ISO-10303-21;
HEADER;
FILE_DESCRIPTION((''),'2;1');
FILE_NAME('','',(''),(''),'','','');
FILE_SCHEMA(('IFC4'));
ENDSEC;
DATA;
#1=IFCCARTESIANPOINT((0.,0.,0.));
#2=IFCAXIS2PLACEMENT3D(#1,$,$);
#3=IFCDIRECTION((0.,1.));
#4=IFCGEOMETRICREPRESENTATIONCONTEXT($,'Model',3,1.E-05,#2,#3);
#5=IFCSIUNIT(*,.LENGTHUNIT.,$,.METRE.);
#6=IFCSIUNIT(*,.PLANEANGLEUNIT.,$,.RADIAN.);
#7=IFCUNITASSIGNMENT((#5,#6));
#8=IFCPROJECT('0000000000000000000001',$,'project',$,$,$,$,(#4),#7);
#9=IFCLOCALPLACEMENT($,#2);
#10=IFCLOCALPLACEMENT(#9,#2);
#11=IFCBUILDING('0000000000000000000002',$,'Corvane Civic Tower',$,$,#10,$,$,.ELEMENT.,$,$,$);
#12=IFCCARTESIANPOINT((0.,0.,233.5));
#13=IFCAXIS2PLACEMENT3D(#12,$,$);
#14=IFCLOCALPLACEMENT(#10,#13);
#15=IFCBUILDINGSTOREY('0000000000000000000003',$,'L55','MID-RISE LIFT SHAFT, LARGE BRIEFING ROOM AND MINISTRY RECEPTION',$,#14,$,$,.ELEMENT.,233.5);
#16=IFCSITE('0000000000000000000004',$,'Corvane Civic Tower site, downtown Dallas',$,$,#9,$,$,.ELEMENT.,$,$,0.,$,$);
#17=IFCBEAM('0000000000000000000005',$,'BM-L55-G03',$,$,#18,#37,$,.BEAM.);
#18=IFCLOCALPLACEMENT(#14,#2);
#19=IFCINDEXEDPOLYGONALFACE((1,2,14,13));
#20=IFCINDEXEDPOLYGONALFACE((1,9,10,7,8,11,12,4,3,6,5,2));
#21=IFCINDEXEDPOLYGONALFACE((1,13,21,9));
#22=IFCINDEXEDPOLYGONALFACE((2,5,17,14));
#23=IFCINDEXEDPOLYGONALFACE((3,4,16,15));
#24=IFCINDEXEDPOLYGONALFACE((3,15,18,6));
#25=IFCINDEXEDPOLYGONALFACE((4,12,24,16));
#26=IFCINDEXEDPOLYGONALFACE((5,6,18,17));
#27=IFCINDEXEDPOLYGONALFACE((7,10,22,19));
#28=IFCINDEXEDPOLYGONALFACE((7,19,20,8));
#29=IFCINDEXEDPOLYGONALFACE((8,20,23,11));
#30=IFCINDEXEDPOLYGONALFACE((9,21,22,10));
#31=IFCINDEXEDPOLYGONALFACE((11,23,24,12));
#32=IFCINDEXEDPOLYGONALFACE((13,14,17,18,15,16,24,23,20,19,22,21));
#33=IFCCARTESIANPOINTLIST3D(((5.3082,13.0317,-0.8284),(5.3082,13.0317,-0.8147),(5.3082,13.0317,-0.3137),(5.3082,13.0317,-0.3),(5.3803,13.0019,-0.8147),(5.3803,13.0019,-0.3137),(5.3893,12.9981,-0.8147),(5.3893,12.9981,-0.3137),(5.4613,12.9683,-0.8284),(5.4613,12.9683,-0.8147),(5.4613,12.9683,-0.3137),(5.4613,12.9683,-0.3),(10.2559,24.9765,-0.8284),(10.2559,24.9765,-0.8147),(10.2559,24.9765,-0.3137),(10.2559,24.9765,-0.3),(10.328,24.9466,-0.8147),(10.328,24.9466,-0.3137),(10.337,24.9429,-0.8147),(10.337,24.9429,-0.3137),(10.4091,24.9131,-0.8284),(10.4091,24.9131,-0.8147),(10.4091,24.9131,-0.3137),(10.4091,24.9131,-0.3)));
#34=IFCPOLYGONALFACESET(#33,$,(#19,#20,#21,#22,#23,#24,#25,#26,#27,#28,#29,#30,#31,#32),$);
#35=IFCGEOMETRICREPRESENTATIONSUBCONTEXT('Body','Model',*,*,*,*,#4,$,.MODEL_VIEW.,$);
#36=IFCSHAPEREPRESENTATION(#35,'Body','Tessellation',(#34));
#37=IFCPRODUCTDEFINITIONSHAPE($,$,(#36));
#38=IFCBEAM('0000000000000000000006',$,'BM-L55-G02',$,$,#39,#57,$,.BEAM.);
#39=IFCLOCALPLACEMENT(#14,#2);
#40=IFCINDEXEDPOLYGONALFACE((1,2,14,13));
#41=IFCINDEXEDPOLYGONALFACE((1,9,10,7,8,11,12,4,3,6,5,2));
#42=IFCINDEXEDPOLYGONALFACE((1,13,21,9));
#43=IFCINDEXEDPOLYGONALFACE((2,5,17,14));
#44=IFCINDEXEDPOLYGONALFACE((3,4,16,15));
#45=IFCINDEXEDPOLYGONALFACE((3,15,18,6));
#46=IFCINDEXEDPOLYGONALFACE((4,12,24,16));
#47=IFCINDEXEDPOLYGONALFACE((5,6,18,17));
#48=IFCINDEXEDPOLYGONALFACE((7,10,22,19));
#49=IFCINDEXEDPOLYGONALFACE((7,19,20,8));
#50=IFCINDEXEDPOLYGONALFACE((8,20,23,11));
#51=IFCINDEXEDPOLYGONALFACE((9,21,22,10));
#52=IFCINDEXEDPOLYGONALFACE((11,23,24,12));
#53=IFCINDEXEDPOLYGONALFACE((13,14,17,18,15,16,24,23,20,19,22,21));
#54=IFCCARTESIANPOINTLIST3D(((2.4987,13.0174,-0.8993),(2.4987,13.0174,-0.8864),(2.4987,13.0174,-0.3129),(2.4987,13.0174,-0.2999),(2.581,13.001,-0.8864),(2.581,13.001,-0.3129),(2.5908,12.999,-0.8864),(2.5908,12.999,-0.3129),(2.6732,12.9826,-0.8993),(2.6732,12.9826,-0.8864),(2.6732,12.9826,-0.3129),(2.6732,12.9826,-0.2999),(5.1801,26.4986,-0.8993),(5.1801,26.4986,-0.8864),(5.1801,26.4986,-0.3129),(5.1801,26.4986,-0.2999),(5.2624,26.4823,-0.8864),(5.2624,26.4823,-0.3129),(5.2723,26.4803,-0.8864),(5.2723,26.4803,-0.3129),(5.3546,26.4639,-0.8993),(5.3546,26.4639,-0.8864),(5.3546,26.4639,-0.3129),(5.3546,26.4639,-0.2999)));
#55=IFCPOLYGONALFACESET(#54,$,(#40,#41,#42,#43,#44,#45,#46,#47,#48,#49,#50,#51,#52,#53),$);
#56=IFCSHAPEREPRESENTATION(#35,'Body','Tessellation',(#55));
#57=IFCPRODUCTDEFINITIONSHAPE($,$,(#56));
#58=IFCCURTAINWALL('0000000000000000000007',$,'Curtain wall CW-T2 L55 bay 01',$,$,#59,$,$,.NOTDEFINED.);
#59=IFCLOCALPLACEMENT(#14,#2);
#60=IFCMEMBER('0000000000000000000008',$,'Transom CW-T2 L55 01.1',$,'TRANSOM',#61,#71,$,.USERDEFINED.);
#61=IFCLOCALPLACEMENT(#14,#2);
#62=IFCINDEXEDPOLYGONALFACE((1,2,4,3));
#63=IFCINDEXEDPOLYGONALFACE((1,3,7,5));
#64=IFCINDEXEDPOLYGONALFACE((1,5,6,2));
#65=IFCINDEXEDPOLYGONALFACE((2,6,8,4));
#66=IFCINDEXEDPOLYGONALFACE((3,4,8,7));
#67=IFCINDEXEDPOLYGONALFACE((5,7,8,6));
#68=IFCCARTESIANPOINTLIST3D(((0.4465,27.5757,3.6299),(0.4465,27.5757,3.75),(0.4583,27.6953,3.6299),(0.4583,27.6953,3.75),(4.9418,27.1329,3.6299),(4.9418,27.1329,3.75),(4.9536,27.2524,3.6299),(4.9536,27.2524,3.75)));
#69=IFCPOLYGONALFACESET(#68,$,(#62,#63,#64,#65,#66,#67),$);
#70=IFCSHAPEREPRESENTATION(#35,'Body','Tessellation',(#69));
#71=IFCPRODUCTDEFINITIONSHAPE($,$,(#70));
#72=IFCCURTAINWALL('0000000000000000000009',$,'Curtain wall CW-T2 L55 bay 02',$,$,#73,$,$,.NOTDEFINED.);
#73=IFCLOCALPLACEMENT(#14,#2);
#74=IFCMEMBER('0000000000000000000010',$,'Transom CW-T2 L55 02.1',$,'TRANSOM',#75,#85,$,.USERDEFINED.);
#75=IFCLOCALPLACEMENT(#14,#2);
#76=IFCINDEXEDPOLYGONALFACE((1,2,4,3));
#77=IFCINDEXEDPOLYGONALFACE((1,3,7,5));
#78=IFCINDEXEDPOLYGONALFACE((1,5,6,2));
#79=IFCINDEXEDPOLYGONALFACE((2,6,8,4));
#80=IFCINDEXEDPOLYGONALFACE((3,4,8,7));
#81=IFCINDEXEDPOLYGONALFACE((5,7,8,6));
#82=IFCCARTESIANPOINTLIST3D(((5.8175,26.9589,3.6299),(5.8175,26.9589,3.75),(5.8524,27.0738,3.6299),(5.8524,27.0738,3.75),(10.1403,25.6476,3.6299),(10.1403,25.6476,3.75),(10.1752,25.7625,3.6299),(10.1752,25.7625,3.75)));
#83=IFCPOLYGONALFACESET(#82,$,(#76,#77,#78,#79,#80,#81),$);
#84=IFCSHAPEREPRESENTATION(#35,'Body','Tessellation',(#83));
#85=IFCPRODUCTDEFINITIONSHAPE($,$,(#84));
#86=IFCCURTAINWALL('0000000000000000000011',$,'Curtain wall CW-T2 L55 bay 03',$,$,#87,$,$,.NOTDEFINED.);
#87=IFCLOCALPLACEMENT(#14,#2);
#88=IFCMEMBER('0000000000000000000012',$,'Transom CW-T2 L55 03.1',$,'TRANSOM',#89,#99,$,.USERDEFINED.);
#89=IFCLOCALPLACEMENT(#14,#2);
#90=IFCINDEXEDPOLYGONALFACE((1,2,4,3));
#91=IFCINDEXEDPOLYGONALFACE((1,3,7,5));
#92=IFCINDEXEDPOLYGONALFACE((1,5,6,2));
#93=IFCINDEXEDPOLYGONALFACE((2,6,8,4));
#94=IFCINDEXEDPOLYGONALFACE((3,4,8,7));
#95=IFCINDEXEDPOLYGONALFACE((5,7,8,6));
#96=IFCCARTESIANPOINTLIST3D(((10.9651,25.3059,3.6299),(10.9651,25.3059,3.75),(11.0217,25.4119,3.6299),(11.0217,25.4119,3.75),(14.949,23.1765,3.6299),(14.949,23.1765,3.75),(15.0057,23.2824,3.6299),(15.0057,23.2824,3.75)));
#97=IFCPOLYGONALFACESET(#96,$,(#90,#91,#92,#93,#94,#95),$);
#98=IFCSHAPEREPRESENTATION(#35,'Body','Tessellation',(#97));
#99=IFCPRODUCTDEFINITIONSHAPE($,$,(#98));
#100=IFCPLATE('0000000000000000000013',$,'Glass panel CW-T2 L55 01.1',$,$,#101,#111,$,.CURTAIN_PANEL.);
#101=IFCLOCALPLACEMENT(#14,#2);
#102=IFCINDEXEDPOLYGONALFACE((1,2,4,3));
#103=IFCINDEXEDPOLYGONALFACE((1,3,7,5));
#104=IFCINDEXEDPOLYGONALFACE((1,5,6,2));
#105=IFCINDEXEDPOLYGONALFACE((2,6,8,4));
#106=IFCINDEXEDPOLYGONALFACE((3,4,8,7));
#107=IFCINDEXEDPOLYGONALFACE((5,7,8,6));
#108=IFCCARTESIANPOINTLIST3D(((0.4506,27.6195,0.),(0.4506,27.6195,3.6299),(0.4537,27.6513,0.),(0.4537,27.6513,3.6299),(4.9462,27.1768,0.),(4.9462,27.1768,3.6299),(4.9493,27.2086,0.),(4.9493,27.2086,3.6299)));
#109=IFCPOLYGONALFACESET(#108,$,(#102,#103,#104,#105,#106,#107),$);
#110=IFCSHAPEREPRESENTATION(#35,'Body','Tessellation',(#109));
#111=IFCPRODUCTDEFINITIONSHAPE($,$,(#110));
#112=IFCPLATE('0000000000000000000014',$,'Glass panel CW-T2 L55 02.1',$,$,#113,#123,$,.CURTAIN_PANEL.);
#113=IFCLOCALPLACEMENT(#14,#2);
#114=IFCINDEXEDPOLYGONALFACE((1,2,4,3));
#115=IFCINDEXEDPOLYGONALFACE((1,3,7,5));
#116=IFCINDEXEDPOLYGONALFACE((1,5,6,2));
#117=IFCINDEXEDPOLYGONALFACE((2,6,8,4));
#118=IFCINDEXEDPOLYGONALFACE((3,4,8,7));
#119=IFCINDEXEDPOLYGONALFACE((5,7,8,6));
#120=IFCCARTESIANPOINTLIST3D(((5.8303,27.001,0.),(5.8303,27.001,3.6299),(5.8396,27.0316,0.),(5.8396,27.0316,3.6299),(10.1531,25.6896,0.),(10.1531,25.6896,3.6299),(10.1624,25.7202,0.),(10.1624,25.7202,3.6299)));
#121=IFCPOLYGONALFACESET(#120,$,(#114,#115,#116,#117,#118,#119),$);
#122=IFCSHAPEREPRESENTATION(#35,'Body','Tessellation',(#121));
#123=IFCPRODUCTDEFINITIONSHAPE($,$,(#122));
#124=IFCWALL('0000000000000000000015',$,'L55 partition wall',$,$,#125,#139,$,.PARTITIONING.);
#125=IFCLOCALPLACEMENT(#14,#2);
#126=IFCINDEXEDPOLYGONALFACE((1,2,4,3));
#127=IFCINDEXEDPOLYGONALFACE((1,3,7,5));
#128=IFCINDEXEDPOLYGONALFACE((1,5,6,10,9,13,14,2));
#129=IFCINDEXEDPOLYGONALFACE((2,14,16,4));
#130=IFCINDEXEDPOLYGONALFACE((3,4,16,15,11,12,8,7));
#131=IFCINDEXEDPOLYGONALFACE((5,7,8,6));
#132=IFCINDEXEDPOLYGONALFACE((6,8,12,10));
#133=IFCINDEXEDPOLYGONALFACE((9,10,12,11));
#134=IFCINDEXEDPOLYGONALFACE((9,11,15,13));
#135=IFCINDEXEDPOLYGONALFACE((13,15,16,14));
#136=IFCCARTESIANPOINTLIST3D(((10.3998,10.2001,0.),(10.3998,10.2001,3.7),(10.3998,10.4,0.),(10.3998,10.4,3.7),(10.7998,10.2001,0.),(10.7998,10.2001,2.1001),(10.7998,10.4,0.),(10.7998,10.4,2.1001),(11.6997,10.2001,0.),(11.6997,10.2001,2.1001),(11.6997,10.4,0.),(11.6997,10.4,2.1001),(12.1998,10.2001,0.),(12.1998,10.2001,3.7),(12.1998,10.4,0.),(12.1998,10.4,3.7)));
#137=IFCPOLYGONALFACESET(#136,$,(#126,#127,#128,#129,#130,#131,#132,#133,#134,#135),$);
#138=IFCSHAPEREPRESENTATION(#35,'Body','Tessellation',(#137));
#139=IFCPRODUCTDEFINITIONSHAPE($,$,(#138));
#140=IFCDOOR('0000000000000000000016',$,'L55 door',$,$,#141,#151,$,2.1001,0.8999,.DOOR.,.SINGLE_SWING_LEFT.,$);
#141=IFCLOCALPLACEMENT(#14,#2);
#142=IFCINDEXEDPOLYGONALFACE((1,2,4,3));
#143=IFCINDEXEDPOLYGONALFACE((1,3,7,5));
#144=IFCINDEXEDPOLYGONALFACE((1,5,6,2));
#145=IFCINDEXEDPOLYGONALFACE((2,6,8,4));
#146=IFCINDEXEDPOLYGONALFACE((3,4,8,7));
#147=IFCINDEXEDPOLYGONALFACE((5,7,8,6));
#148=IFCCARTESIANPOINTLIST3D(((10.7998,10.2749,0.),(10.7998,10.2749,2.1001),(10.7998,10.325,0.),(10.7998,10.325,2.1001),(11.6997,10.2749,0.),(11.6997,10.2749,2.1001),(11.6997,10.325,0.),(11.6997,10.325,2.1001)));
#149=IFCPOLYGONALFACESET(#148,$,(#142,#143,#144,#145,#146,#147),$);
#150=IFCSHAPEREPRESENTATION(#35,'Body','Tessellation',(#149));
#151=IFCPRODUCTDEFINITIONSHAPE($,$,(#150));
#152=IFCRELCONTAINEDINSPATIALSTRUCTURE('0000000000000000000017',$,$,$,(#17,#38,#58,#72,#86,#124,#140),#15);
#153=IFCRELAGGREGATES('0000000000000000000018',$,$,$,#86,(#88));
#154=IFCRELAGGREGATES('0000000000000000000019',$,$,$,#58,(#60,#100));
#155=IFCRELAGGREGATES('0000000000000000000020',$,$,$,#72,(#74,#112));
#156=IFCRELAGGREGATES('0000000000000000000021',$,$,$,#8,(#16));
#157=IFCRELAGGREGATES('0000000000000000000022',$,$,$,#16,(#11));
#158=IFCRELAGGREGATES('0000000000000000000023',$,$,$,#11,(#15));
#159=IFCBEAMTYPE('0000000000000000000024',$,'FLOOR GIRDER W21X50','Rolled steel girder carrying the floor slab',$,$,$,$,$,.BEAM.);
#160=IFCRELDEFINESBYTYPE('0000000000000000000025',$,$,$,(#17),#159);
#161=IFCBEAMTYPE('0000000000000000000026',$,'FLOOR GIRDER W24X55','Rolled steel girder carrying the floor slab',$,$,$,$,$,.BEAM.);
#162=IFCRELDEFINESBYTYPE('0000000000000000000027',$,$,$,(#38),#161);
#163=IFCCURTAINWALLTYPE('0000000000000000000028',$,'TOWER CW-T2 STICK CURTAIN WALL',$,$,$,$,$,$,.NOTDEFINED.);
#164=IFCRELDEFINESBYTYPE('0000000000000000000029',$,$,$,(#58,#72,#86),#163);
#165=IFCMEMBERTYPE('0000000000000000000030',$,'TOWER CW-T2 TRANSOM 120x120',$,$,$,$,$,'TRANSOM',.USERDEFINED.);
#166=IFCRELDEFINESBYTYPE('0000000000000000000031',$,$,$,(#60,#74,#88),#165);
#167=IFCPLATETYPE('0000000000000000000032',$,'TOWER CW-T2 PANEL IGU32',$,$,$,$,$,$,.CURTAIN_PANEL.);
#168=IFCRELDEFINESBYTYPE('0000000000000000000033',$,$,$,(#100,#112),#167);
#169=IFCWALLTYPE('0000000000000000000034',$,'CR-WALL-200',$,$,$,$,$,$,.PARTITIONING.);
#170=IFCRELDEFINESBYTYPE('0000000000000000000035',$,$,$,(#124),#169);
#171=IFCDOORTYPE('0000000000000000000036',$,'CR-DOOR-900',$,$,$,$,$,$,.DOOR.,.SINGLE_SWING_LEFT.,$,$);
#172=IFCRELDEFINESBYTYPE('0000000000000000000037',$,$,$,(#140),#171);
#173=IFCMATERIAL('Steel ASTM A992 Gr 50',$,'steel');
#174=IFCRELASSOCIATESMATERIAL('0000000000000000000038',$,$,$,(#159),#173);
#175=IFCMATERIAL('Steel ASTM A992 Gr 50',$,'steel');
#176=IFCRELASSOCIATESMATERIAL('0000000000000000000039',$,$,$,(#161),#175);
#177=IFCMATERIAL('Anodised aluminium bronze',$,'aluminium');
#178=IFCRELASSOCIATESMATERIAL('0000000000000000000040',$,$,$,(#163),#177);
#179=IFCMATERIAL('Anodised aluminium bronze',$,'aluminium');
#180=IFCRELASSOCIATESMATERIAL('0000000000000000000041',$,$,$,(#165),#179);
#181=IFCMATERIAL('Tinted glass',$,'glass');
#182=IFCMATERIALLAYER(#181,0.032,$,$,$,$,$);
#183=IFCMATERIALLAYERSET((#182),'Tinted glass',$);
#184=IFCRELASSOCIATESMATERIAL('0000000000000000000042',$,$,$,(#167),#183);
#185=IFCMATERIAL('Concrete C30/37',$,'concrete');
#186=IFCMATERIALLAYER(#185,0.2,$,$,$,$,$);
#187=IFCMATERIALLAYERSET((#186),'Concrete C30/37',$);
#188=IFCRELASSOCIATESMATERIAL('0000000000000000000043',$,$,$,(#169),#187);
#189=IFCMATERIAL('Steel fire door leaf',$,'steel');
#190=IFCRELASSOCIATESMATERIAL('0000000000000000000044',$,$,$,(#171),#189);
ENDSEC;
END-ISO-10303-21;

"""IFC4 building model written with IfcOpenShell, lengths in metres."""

from ifc_helpers import new_model, si_unit, direction, frame, frame_2d, origin, origin_2d, place, context, subcontext, project, spatial, rectangle, i_section, extrude, material, layer, layer_set, material_profile, profile_set, type_object, element, fill, aggregate, save


model = new_model("IFC4")

# Units and contexts
model_context = context("Model", 3, precision=1e-05, world=origin(), true_north=direction((0.0, 1.0)))
body_context = subcontext(model_context, "Body", "Model", "MODEL_VIEW")
ifc_project = project(units=[si_unit("LENGTHUNIT", "METRE"), si_unit("PLANEANGLEUNIT", "RADIAN")], contexts=[model_context])

# Site, building, storey
site_placement = place(None, origin())
site = spatial("IfcSite", under=ifc_project, at=site_placement, Name="Corvane Civic Tower site, downtown Dallas", CompositionType="ELEMENT", RefElevation=0.0)
building_placement = place(site_placement, origin())
building = spatial("IfcBuilding", under=site, at=building_placement, Name="Corvane Civic Tower", CompositionType="ELEMENT")
storey_placement = place(building_placement, frame((0.0, 0.0, 233.5)))
storey = spatial("IfcBuildingStorey", under=building, at=storey_placement, Name="L55", Description="MID-RISE LIFT SHAFT, LARGE BRIEFING ROOM AND MINISTRY RECEPTION", CompositionType="ELEMENT", Elevation=233.5)

# Beams
ifc_material_1 = material(Name="Steel ASTM A992 Gr 50", Category="steel")
ifc_material_profile_1 = material_profile(ifc_material_1, i_section(OverallWidth=0.1658, OverallDepth=0.5283, WebThickness=0.0098, FlangeThickness=0.0137, at=origin_2d()), Name="W21X50")
ifc_profile_set_1 = profile_set([ifc_material_profile_1], Name="Steel ASTM A992 Gr 50")
beam_type_1 = type_object("IfcBeamType", Name="FLOOR GIRDER W21X50", Description="Rolled steel girder carrying the floor slab", PredefinedType="BEAM", material=ifc_profile_set_1)
beam_1_placement = place(storey_placement, frame((5.3848, 13.0, -0.5642), z_axis=(0.382686, 0.923878, 0.0), x_axis=(-0.923878, 0.382686, 0.0)))
element("IfcBeam", 1, at=beam_1_placement, inside=storey, type_object=beam_type_1, Name="BM-L55-G03", PredefinedType="BEAM", context=body_context, shape_type="SweptSolid", body=[
    extrude(i_section(OverallWidth=0.1658, OverallDepth=0.5283, WebThickness=0.0098, FlangeThickness=0.0137, at=origin_2d()), origin(), (0.0, 0.0, 1.0), 12.929),
])
ifc_material_2 = material(Name="Steel ASTM A992 Gr 50", Category="steel")
ifc_material_profile_2 = material_profile(ifc_material_2, i_section(OverallWidth=0.178, OverallDepth=0.5994, WebThickness=0.01, FlangeThickness=0.0129, at=origin_2d()), Name="W24X55")
ifc_profile_set_2 = profile_set([ifc_material_profile_2], Name="Steel ASTM A992 Gr 50")
beam_type_2 = type_object("IfcBeamType", Name="FLOOR GIRDER W24X55", Description="Rolled steel girder carrying the floor slab", PredefinedType="BEAM", material=ifc_profile_set_2)
beam_2_placement = place(storey_placement, frame((2.5859, 13.0, -0.5996), z_axis=(0.195078, 0.980788, 0.0), x_axis=(-0.980788, 0.195078, 0.0)))
element("IfcBeam", 2, at=beam_2_placement, inside=storey, type_object=beam_type_2, Name="BM-L55-G02", PredefinedType="BEAM", context=body_context, shape_type="SweptSolid", body=[
    extrude(i_section(OverallWidth=0.178, OverallDepth=0.5994, WebThickness=0.01, FlangeThickness=0.0129, at=origin_2d()), origin(), (0.0, 0.0, 1.0), 13.7454),
])

# Curtain walls, members
ifc_material_3 = material(Name="Anodised aluminium bronze", Category="aluminium")
curtain_wall_type = type_object("IfcCurtainWallType", Name="TOWER CW-T2 STICK CURTAIN WALL", PredefinedType="NOTDEFINED", material=ifc_material_3)
curtain_wall_1_placement = place(storey_placement, origin())
curtain_wall_1 = element("IfcCurtainWall", 3, at=curtain_wall_1_placement, inside=storey, type_object=curtain_wall_type, Name="Curtain wall CW-T2 L55 bay 01", PredefinedType="NOTDEFINED")
ifc_material_4 = material(Name="Anodised aluminium bronze", Category="aluminium")
ifc_material_profile_3 = material_profile(ifc_material_4, rectangle(XDim=0.1201, YDim=0.1201, at=origin_2d()), Name="TOWER CW-T2 TRANSOM 120x120")
ifc_profile_set_3 = profile_set([ifc_material_profile_3], Name="Anodised aluminium bronze")
member_type = type_object("IfcMemberType", Name="TOWER CW-T2 TRANSOM 120x120", ElementType="TRANSOM", PredefinedType="USERDEFINED", material=ifc_profile_set_3)
member_1_placement = place(storey_placement, frame((0.4524, 27.6355, 3.6899), z_axis=(0.995182, -0.098043, 0.0), x_axis=(0.098043, 0.995182, 0.0)))
member_1 = element("IfcMember", 4, at=member_1_placement, type_object=member_type, Name="Transom CW-T2 L55 01.1", ObjectType="TRANSOM", PredefinedType="USERDEFINED", context=body_context, shape_type="SweptSolid", body=[
    extrude(rectangle(XDim=0.1201, YDim=0.1201, at=origin_2d()), origin(), (0.0, 0.0, 1.0), 4.5171),
])
curtain_wall_2_placement = place(storey_placement, origin())
curtain_wall_2 = element("IfcCurtainWall", 5, at=curtain_wall_2_placement, inside=storey, type_object=curtain_wall_type, Name="Curtain wall CW-T2 L55 bay 02", PredefinedType="NOTDEFINED")
member_2_placement = place(storey_placement, frame((5.835, 27.0164, 3.6899), z_axis=(0.956941, -0.290282, 0.0), x_axis=(0.290282, 0.956941, 0.0)))
member_2 = element("IfcMember", 6, at=member_2_placement, type_object=member_type, Name="Transom CW-T2 L55 02.1", ObjectType="TRANSOM", PredefinedType="USERDEFINED", context=body_context, shape_type="SweptSolid", body=[
    extrude(rectangle(XDim=0.1201, YDim=0.1201, at=origin_2d()), origin(), (0.0, 0.0, 1.0), 4.5173),
])
curtain_wall_3_placement = place(storey_placement, origin())
curtain_wall_3 = element("IfcCurtainWall", 7, at=curtain_wall_3_placement, inside=storey, type_object=curtain_wall_type, Name="Curtain wall CW-T2 L55 bay 03", PredefinedType="NOTDEFINED")
member_3_placement = place(storey_placement, frame((10.9934, 25.3589, 3.6899), z_axis=(0.881925, -0.47139, 0.0), x_axis=(0.47139, 0.881925, 0.0)))
member_3 = element("IfcMember", 8, at=member_3_placement, type_object=member_type, Name="Transom CW-T2 L55 03.1", ObjectType="TRANSOM", PredefinedType="USERDEFINED", context=body_context, shape_type="SweptSolid", body=[
    extrude(rectangle(XDim=0.1201, YDim=0.1201, at=origin_2d()), origin(), (0.0, 0.0, 1.0), 4.5173),
])
aggregate(curtain_wall_3, [member_3])

# Plates
ifc_material_5 = material(Name="Tinted glass", Category="glass")
ifc_layer_1 = layer(ifc_material_5, 0.032)
ifc_layer_set_1 = layer_set([ifc_layer_1], Name="Tinted glass")
plate_type = type_object("IfcPlateType", Name="TOWER CW-T2 PANEL IGU32", PredefinedType="CURTAIN_PANEL", material=ifc_layer_set_1)
plate_1_placement = place(storey_placement, frame((2.7, 27.4141, 0.0), z_axis=(0.0, 0.0, 1.0), x_axis=(0.995187, -0.097993, 0.0)))
plate_1 = element("IfcPlate", 9, at=plate_1_placement, type_object=plate_type, Name="Glass panel CW-T2 L55 01.1", PredefinedType="CURTAIN_PANEL", context=body_context, shape_type="SweptSolid", body=[
    extrude(rectangle(XDim=4.5173, YDim=0.032, at=origin_2d()), origin(), (0.0, 0.0, 1.0), 3.6299),
])
aggregate(curtain_wall_1, [member_1, plate_1])
plate_2_placement = place(storey_placement, frame((7.9963, 26.3606, 0.0), z_axis=(0.0, 0.0, 1.0), x_axis=(0.956939, -0.29029, 0.0)))
plate_2 = element("IfcPlate", 10, at=plate_2_placement, type_object=plate_type, Name="Glass panel CW-T2 L55 02.1", PredefinedType="CURTAIN_PANEL", context=body_context, shape_type="SweptSolid", body=[
    extrude(rectangle(XDim=4.5173, YDim=0.032, at=origin_2d()), origin(), (0.0, 0.0, 1.0), 3.6299),
])
aggregate(curtain_wall_2, [member_2, plate_2])

# Wall, opening, door
ifc_material_6 = material(Name="Concrete C30/37", Category="concrete")
ifc_layer_2 = layer(ifc_material_6, 0.2)
ifc_layer_set_2 = layer_set([ifc_layer_2], Name="Concrete C30/37")
wall_type_1 = type_object("IfcWallType", Name="CR-WALL-200", PredefinedType="PARTITIONING", material=ifc_layer_set_2)
wall_1_placement = place(storey_placement, frame((10.3999, 10.3, 0.0), z_axis=(0.0, 0.0, 1.0), x_axis=(1.0, 0.0, 0.0)))
wall_1 = element("IfcWall", 11, at=wall_1_placement, inside=storey, type_object=wall_type_1, Name="L55 partition wall", PredefinedType="PARTITIONING", context=body_context, shape_type="SweptSolid", body=[
    extrude(rectangle(XDim=1.8, YDim=0.2, at=frame_2d((0.8999, 0.0))), origin(), (0.0, 0.0, 1.0), 3.7),
])
opening_1_placement = place(wall_1_placement, frame((0.3999, 0.0, 0.0)))
opening_1 = element("IfcOpeningElement", 12, at=opening_1_placement, cuts=wall_1, PredefinedType="OPENING", context=body_context, shape_type="SweptSolid", body=[
    extrude(rectangle(XDim=0.8999, YDim=2.1001, at=frame_2d((0.45, 1.05))), frame((0.0, 0.1099, 0.0), z_axis=(0.0, -1.0, 0.0), x_axis=(1.0, 0.0, 0.0)), (0.0, 0.0, 1.0), 0.22),
])
ifc_material_7 = material(Name="Steel fire door leaf", Category="steel")
door_type_1 = type_object("IfcDoorType", Name="CR-DOOR-900", OperationType="SINGLE_SWING_LEFT", PredefinedType="DOOR", material=ifc_material_7)
door_1_placement = place(opening_1_placement, origin())
door_1 = element("IfcDoor", 13, at=door_1_placement, inside=storey, type_object=door_type_1, Name="L55 door", OperationType="SINGLE_SWING_LEFT", OverallHeight=2.1001, OverallWidth=0.8999, PredefinedType="DOOR", context=body_context, shape_type="SweptSolid", body=[
    extrude(rectangle(XDim=0.8999, YDim=2.1001, at=frame_2d((0.45, 1.05))), frame((0.0, 0.0249, 0.0), z_axis=(0.0, -1.0, 0.0), x_axis=(1.0, 0.0, 0.0)), (0.0, 0.0, 1.0), 0.05),
])
fill(opening_1, door_1)

save(model, "model.ifc")
